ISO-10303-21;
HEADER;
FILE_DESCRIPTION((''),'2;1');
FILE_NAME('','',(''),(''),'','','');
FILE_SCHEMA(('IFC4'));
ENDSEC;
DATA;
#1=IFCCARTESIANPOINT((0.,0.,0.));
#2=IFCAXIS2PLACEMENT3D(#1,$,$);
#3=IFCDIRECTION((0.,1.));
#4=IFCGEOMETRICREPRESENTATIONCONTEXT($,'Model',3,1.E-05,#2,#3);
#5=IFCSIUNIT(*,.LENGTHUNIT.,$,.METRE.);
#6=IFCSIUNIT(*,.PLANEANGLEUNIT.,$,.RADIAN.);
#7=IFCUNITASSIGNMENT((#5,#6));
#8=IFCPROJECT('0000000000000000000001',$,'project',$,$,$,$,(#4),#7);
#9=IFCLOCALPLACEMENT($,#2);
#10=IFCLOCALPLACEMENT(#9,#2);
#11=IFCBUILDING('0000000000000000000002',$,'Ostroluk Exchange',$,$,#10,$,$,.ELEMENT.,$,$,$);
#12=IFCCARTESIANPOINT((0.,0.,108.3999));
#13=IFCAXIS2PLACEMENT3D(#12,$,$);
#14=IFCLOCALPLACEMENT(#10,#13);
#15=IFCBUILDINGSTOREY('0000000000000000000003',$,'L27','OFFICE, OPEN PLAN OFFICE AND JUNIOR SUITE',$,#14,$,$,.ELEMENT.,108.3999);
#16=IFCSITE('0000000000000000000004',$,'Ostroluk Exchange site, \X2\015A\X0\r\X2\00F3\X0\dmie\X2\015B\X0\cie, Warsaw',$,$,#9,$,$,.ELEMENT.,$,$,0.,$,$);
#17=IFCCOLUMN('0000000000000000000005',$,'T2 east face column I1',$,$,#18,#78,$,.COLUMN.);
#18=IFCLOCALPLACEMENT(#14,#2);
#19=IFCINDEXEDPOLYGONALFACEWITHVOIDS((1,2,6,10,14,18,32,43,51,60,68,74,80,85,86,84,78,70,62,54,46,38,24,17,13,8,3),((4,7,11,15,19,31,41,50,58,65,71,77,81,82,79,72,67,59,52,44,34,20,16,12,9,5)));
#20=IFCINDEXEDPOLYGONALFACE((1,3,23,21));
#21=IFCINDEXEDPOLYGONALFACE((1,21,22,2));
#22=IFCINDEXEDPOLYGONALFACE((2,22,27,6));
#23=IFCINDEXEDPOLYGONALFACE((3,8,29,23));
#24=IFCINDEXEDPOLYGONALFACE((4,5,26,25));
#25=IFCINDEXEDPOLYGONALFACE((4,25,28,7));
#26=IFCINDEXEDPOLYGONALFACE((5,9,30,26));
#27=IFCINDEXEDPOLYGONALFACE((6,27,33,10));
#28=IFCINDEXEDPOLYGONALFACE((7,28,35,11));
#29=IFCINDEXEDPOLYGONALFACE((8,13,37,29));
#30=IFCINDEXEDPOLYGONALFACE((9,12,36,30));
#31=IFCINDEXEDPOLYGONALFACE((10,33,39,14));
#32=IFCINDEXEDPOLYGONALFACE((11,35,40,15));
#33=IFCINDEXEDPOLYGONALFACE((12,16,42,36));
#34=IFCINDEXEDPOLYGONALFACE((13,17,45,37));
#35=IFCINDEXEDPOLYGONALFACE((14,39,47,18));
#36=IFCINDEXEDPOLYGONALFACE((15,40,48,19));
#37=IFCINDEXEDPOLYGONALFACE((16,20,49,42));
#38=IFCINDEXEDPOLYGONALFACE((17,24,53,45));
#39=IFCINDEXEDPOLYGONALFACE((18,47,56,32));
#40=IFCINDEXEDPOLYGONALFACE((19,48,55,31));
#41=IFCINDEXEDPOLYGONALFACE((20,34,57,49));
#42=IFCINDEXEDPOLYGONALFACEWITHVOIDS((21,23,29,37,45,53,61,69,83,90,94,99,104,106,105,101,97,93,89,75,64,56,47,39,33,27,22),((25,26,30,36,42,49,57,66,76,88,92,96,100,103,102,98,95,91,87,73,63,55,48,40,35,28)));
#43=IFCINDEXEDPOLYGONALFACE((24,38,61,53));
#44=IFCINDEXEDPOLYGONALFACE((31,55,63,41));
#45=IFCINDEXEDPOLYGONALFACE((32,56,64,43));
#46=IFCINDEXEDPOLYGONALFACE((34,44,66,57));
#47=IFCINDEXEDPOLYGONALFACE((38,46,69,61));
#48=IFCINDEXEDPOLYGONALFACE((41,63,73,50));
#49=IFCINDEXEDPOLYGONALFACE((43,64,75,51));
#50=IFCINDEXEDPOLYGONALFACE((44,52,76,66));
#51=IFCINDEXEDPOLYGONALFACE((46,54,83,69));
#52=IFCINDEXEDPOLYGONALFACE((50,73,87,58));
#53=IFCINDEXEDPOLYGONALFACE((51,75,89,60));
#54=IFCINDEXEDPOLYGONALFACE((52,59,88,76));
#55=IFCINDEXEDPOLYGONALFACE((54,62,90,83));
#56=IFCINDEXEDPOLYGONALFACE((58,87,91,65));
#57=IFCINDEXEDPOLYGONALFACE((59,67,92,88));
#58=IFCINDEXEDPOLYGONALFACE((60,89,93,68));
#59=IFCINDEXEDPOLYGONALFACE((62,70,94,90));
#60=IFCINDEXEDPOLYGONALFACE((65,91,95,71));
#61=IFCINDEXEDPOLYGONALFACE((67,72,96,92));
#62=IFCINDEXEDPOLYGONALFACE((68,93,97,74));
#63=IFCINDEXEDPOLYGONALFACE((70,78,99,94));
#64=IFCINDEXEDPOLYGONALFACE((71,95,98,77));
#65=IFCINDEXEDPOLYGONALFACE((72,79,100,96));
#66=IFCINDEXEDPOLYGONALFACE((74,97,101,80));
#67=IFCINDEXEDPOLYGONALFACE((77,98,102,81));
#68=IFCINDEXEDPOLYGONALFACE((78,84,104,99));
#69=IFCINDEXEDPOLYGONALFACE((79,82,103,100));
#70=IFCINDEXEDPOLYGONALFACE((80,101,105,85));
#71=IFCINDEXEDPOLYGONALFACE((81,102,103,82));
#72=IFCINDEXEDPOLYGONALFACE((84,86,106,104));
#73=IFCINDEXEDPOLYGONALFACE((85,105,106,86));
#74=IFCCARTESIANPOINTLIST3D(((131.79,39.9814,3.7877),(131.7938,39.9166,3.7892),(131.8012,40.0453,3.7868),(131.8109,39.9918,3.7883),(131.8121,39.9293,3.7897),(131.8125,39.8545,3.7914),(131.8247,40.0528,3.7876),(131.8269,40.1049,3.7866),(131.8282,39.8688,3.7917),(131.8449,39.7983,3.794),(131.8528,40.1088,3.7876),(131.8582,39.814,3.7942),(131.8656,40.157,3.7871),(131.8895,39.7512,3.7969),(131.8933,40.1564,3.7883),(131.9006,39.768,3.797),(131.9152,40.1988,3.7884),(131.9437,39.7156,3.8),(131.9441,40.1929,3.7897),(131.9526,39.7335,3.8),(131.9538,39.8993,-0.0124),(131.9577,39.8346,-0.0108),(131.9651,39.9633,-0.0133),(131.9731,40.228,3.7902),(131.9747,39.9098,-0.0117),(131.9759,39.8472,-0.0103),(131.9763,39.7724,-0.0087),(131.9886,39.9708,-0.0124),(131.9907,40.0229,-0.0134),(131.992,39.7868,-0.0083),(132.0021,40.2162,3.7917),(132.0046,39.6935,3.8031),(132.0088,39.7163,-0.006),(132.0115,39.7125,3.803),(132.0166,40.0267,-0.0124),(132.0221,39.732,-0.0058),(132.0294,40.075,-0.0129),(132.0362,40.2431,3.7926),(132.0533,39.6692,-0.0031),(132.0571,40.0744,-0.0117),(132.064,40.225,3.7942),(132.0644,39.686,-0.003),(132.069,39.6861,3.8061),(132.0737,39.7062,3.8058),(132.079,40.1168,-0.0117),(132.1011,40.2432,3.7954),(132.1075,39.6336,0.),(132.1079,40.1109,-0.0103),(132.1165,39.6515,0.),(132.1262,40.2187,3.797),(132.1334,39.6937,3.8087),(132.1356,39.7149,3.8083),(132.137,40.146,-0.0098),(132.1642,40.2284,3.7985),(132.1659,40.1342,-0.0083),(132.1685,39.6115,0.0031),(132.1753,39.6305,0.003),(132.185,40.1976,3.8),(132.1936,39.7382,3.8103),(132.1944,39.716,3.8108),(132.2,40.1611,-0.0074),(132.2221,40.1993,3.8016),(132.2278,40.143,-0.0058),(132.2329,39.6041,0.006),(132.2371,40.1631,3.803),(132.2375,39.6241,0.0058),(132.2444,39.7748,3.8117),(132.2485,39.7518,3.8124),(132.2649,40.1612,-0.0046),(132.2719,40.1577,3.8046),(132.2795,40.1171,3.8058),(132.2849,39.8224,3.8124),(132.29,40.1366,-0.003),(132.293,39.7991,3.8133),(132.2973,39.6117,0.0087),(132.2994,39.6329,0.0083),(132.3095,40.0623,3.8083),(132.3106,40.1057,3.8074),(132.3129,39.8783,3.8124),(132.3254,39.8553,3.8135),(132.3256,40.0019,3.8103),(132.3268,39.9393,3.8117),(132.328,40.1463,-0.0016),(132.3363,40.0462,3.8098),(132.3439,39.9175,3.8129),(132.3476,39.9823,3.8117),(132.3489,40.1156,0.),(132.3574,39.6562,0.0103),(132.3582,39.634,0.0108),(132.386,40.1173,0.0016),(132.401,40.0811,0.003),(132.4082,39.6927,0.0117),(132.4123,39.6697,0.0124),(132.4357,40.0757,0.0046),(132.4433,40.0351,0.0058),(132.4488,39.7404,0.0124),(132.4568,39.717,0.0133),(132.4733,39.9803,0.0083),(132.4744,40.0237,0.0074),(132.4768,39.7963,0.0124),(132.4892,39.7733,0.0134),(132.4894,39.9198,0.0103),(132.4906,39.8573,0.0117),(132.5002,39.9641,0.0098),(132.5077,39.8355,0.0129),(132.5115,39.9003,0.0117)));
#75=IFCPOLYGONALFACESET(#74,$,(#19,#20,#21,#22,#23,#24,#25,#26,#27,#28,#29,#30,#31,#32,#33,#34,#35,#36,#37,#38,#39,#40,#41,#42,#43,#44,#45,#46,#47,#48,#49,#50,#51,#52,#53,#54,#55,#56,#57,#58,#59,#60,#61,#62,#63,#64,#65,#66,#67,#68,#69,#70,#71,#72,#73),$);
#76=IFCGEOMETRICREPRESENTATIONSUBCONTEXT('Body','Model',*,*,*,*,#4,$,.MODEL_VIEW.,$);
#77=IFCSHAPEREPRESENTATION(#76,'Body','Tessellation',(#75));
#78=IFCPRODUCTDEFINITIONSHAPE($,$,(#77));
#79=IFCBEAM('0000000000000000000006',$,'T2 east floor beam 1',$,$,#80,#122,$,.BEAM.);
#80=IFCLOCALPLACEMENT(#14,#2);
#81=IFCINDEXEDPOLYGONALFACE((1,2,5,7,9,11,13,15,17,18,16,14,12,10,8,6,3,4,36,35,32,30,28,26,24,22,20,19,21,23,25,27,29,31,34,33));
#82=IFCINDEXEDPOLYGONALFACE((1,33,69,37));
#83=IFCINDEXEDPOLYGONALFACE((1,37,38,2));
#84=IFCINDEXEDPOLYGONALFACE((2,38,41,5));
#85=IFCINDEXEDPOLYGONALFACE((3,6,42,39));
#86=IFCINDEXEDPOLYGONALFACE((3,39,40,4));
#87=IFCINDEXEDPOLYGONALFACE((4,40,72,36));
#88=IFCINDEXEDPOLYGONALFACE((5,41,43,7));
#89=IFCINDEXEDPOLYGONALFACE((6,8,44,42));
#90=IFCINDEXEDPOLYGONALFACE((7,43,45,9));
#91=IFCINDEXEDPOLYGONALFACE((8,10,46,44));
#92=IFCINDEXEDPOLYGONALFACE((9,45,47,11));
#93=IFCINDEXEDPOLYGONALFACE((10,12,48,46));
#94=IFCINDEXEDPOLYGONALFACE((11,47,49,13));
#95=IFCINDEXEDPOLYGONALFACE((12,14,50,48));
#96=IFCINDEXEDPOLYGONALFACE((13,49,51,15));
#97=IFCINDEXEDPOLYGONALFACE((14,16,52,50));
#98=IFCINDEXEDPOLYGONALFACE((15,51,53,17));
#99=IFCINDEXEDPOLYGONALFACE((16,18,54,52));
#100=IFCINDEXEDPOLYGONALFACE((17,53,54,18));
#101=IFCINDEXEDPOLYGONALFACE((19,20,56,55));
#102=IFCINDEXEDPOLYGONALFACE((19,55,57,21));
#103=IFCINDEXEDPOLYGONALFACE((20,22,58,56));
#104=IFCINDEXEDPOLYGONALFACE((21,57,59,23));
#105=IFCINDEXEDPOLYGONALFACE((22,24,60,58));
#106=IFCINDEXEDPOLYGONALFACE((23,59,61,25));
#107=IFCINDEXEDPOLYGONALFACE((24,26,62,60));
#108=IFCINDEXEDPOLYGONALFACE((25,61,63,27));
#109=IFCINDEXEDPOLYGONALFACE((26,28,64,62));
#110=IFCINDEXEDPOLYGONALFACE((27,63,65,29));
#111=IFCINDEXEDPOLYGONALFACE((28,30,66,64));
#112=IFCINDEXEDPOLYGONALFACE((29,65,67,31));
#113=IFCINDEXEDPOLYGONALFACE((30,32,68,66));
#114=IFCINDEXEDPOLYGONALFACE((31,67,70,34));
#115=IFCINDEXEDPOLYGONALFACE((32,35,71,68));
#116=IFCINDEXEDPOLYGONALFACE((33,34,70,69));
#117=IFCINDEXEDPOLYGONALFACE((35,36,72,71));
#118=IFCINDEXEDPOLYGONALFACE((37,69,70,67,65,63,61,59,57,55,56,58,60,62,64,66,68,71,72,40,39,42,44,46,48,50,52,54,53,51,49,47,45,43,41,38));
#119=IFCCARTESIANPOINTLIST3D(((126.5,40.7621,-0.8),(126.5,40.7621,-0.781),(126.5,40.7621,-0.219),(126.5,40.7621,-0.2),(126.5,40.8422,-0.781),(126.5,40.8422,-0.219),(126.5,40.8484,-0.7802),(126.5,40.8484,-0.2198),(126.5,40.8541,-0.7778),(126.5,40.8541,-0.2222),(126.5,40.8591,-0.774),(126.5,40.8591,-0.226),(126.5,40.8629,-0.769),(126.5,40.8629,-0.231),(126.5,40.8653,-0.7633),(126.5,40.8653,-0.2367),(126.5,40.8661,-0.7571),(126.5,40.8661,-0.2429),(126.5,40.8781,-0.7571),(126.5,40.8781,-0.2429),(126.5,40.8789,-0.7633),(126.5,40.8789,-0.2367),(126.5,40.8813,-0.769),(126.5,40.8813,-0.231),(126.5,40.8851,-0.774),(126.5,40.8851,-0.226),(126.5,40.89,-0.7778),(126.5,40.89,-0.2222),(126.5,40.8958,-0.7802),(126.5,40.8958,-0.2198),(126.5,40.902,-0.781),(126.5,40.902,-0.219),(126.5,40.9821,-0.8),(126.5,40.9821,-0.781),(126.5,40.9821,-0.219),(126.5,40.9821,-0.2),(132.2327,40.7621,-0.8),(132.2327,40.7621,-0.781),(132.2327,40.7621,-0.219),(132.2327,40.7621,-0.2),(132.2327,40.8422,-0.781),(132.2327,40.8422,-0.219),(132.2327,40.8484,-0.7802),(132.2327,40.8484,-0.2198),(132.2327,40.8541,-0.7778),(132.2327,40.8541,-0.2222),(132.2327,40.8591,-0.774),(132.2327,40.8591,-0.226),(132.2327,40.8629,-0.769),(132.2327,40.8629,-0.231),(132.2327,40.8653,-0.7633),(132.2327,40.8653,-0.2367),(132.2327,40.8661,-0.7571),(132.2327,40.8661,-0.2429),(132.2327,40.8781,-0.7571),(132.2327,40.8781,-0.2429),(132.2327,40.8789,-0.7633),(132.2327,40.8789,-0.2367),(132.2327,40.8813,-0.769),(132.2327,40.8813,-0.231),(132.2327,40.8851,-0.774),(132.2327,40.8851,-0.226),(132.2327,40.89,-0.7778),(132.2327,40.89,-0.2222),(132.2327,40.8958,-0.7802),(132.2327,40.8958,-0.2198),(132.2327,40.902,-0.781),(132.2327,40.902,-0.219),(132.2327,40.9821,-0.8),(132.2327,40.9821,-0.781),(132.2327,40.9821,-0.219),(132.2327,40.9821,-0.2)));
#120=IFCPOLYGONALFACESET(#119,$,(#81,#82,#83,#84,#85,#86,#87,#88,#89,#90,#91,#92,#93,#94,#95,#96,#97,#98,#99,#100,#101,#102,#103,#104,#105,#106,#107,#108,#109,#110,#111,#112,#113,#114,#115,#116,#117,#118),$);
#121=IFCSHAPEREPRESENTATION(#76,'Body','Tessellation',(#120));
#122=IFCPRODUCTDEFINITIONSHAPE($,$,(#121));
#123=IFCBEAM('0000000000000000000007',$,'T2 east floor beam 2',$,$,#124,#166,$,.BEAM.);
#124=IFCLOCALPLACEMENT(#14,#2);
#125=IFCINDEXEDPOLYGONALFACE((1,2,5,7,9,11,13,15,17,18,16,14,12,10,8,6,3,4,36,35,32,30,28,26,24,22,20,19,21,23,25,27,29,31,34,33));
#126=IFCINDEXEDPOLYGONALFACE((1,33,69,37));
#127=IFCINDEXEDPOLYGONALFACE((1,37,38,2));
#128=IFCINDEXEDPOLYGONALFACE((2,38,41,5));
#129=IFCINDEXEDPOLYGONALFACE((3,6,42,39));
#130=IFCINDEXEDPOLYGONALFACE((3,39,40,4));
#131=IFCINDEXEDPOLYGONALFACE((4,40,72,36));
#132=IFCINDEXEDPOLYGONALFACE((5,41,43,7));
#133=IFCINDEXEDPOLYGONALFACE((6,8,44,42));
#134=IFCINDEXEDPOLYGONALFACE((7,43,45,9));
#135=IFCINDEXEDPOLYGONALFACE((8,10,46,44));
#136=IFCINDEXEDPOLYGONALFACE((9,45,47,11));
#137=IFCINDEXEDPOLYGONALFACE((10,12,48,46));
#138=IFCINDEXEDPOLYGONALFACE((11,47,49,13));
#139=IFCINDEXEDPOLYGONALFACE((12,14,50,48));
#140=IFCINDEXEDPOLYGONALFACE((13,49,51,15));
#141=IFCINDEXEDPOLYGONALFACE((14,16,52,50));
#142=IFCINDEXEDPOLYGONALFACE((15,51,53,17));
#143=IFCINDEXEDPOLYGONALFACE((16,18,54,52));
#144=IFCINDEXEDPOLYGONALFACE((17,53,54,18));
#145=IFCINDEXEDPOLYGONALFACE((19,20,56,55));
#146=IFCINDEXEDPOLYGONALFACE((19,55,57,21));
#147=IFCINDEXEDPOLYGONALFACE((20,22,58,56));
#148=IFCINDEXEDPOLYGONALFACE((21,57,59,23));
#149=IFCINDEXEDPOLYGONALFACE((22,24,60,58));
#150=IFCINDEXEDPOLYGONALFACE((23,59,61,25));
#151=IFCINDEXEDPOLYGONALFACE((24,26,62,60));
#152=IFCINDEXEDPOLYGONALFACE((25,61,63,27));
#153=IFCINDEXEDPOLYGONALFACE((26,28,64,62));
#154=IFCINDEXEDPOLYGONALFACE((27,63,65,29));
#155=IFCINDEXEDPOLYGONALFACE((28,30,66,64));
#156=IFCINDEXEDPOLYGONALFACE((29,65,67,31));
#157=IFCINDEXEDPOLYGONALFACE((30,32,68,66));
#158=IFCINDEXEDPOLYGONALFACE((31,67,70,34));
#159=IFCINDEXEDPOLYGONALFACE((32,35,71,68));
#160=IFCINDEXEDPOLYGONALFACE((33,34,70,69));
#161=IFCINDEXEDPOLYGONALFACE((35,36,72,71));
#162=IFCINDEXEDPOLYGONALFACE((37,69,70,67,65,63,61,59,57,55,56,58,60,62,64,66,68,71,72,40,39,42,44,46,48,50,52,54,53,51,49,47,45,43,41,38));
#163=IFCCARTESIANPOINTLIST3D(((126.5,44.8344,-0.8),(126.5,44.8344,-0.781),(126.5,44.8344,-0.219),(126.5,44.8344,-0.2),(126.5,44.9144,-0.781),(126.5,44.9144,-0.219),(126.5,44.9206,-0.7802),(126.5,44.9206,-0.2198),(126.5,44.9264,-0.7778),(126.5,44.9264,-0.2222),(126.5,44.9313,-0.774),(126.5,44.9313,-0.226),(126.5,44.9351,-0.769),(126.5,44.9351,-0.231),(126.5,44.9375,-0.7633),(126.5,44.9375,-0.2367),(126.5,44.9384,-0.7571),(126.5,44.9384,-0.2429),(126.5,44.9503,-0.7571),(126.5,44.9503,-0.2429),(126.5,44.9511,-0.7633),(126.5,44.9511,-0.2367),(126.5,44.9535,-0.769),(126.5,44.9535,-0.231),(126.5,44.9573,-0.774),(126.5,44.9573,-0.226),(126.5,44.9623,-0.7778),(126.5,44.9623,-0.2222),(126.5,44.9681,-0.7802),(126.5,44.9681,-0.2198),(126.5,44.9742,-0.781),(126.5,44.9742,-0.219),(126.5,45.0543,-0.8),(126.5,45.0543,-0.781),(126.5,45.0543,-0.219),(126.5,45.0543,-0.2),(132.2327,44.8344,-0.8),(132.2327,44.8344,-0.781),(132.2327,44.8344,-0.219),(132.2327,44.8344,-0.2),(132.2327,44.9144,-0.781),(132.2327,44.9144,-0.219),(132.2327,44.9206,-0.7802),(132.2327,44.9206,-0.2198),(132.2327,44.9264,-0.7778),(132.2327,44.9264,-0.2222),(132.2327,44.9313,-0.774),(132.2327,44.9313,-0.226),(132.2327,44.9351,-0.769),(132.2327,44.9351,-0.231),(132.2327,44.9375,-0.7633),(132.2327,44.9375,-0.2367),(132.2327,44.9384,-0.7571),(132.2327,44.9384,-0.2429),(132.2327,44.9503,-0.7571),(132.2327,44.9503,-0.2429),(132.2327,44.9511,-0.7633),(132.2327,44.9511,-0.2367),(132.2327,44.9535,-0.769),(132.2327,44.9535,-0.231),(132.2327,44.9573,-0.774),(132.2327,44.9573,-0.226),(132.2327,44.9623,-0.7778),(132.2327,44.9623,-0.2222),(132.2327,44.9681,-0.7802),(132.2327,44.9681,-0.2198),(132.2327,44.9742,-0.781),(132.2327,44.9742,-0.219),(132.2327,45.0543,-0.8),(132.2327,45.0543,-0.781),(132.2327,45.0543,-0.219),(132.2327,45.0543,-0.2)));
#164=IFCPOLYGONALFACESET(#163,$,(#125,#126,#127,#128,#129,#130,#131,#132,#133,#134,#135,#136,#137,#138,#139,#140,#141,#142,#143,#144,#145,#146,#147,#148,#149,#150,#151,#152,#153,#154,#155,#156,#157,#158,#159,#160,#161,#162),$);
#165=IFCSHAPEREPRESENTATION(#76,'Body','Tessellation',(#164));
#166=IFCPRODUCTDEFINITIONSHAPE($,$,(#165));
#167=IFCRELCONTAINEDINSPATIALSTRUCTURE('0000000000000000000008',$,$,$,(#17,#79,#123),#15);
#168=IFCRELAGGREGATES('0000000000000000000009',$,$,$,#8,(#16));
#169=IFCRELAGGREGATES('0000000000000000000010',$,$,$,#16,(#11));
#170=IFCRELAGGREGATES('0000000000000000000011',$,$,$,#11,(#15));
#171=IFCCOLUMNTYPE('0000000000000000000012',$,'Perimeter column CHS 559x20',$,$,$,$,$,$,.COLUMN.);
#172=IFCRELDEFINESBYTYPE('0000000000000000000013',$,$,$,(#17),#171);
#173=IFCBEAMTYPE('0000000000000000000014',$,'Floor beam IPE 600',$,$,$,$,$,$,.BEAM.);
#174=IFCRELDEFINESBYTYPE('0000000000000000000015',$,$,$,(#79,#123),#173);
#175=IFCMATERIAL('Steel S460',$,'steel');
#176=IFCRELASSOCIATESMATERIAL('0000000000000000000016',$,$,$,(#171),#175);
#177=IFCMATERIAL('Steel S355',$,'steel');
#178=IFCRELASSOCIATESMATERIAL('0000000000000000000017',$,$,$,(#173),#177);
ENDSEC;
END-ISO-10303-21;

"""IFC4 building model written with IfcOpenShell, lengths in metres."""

from ifc_helpers import new_model, si_unit, direction, frame, origin, origin_2d, place, context, subcontext, project, spatial, hollow_circle, i_section, extrude, material, material_profile, profile_set, type_object, element, save


model = new_model("IFC4")

# Units and contexts
model_context = context("Model", 3, precision=1e-05, world=origin(), true_north=direction((0.0, 1.0)))
body_context = subcontext(model_context, "Body", "Model", "MODEL_VIEW")
ifc_project = project(units=[si_unit("LENGTHUNIT", "METRE"), si_unit("PLANEANGLEUNIT", "RADIAN")], contexts=[model_context])

# Site, building, storey
site_placement = place(None, origin())
site = spatial("IfcSite", under=ifc_project, at=site_placement, Name="Ostroluk Exchange site, Śródmieście, Warsaw", CompositionType="ELEMENT", RefElevation=0.0)
building_placement = place(site_placement, origin())
building = spatial("IfcBuilding", under=site, at=building_placement, Name="Ostroluk Exchange", CompositionType="ELEMENT")
storey_placement = place(building_placement, frame((0.0, 0.0, 108.3999)))
storey = spatial("IfcBuildingStorey", under=building, at=storey_placement, Name="L27", Description="OFFICE, OPEN PLAN OFFICE AND JUNIOR SUITE", CompositionType="ELEMENT", Elevation=108.3999)

# Column
ifc_material_1 = material(Name="Steel S460", Category="steel")
ifc_material_profile_1 = material_profile(ifc_material_1, hollow_circle(Radius=0.2795, WallThickness=0.02, at=origin_2d()), Name="CHS 559x20")
ifc_profile_set_1 = profile_set([ifc_material_profile_1], Name="Steel S460")
column_type = type_object("IfcColumnType", Name="Perimeter column CHS 559x20", PredefinedType="COLUMN", material=ifc_profile_set_1)
column_placement = place(storey_placement, frame((132.2327, 39.8835, 0.0), z_axis=(-0.04306, 0.021562, 0.99884), x_axis=(-0.447747, -0.894161, 0.0)))
element("IfcColumn", 1, at=column_placement, inside=storey, type_object=column_type, Name="T2 east face column I1", PredefinedType="COLUMN", context=body_context, shape_type="SweptSolid", body=[
    extrude(hollow_circle(Radius=0.2795, WallThickness=0.02, at=origin_2d()), origin(), (0.0, 0.0, 1.0), 3.8044),
])

# Beams
ifc_material_2 = material(Name="Steel S355", Category="steel")
ifc_material_profile_2 = material_profile(ifc_material_2, i_section(OverallWidth=0.22, OverallDepth=0.6001, WebThickness=0.012, FlangeThickness=0.019, FilletRadius=0.0239, at=origin_2d()), Name="IPE 600")
ifc_profile_set_2 = profile_set([ifc_material_profile_2], Name="Steel S355")
beam_type_1 = type_object("IfcBeamType", Name="Floor beam IPE 600", PredefinedType="BEAM", material=ifc_profile_set_2)
for number, where, z_axis, x_axis, name in (
    (2, (126.5, 40.8721, -0.5), (1.0, 0.0, 0.0), (0.0, 1.0, 0.0), "T2 east floor beam 1"),
    (3, (126.5, 44.9443, -0.5), (1.0, 0.0, 0.0), (0.0, 1.0, 0.0), "T2 east floor beam 2"),
):
    element("IfcBeam", number, at=place(storey_placement, frame(where, z_axis=z_axis, x_axis=x_axis)), inside=storey, type_object=beam_type_1, Name=name, PredefinedType="BEAM", context=body_context, shape_type="SweptSolid", body=[
        extrude(i_section(OverallWidth=0.22, OverallDepth=0.6001, WebThickness=0.012, FlangeThickness=0.019, FilletRadius=0.0239, at=origin_2d()), origin(), (0.0, 0.0, 1.0), 5.7327),
    ])

save(model, "model.ifc")
